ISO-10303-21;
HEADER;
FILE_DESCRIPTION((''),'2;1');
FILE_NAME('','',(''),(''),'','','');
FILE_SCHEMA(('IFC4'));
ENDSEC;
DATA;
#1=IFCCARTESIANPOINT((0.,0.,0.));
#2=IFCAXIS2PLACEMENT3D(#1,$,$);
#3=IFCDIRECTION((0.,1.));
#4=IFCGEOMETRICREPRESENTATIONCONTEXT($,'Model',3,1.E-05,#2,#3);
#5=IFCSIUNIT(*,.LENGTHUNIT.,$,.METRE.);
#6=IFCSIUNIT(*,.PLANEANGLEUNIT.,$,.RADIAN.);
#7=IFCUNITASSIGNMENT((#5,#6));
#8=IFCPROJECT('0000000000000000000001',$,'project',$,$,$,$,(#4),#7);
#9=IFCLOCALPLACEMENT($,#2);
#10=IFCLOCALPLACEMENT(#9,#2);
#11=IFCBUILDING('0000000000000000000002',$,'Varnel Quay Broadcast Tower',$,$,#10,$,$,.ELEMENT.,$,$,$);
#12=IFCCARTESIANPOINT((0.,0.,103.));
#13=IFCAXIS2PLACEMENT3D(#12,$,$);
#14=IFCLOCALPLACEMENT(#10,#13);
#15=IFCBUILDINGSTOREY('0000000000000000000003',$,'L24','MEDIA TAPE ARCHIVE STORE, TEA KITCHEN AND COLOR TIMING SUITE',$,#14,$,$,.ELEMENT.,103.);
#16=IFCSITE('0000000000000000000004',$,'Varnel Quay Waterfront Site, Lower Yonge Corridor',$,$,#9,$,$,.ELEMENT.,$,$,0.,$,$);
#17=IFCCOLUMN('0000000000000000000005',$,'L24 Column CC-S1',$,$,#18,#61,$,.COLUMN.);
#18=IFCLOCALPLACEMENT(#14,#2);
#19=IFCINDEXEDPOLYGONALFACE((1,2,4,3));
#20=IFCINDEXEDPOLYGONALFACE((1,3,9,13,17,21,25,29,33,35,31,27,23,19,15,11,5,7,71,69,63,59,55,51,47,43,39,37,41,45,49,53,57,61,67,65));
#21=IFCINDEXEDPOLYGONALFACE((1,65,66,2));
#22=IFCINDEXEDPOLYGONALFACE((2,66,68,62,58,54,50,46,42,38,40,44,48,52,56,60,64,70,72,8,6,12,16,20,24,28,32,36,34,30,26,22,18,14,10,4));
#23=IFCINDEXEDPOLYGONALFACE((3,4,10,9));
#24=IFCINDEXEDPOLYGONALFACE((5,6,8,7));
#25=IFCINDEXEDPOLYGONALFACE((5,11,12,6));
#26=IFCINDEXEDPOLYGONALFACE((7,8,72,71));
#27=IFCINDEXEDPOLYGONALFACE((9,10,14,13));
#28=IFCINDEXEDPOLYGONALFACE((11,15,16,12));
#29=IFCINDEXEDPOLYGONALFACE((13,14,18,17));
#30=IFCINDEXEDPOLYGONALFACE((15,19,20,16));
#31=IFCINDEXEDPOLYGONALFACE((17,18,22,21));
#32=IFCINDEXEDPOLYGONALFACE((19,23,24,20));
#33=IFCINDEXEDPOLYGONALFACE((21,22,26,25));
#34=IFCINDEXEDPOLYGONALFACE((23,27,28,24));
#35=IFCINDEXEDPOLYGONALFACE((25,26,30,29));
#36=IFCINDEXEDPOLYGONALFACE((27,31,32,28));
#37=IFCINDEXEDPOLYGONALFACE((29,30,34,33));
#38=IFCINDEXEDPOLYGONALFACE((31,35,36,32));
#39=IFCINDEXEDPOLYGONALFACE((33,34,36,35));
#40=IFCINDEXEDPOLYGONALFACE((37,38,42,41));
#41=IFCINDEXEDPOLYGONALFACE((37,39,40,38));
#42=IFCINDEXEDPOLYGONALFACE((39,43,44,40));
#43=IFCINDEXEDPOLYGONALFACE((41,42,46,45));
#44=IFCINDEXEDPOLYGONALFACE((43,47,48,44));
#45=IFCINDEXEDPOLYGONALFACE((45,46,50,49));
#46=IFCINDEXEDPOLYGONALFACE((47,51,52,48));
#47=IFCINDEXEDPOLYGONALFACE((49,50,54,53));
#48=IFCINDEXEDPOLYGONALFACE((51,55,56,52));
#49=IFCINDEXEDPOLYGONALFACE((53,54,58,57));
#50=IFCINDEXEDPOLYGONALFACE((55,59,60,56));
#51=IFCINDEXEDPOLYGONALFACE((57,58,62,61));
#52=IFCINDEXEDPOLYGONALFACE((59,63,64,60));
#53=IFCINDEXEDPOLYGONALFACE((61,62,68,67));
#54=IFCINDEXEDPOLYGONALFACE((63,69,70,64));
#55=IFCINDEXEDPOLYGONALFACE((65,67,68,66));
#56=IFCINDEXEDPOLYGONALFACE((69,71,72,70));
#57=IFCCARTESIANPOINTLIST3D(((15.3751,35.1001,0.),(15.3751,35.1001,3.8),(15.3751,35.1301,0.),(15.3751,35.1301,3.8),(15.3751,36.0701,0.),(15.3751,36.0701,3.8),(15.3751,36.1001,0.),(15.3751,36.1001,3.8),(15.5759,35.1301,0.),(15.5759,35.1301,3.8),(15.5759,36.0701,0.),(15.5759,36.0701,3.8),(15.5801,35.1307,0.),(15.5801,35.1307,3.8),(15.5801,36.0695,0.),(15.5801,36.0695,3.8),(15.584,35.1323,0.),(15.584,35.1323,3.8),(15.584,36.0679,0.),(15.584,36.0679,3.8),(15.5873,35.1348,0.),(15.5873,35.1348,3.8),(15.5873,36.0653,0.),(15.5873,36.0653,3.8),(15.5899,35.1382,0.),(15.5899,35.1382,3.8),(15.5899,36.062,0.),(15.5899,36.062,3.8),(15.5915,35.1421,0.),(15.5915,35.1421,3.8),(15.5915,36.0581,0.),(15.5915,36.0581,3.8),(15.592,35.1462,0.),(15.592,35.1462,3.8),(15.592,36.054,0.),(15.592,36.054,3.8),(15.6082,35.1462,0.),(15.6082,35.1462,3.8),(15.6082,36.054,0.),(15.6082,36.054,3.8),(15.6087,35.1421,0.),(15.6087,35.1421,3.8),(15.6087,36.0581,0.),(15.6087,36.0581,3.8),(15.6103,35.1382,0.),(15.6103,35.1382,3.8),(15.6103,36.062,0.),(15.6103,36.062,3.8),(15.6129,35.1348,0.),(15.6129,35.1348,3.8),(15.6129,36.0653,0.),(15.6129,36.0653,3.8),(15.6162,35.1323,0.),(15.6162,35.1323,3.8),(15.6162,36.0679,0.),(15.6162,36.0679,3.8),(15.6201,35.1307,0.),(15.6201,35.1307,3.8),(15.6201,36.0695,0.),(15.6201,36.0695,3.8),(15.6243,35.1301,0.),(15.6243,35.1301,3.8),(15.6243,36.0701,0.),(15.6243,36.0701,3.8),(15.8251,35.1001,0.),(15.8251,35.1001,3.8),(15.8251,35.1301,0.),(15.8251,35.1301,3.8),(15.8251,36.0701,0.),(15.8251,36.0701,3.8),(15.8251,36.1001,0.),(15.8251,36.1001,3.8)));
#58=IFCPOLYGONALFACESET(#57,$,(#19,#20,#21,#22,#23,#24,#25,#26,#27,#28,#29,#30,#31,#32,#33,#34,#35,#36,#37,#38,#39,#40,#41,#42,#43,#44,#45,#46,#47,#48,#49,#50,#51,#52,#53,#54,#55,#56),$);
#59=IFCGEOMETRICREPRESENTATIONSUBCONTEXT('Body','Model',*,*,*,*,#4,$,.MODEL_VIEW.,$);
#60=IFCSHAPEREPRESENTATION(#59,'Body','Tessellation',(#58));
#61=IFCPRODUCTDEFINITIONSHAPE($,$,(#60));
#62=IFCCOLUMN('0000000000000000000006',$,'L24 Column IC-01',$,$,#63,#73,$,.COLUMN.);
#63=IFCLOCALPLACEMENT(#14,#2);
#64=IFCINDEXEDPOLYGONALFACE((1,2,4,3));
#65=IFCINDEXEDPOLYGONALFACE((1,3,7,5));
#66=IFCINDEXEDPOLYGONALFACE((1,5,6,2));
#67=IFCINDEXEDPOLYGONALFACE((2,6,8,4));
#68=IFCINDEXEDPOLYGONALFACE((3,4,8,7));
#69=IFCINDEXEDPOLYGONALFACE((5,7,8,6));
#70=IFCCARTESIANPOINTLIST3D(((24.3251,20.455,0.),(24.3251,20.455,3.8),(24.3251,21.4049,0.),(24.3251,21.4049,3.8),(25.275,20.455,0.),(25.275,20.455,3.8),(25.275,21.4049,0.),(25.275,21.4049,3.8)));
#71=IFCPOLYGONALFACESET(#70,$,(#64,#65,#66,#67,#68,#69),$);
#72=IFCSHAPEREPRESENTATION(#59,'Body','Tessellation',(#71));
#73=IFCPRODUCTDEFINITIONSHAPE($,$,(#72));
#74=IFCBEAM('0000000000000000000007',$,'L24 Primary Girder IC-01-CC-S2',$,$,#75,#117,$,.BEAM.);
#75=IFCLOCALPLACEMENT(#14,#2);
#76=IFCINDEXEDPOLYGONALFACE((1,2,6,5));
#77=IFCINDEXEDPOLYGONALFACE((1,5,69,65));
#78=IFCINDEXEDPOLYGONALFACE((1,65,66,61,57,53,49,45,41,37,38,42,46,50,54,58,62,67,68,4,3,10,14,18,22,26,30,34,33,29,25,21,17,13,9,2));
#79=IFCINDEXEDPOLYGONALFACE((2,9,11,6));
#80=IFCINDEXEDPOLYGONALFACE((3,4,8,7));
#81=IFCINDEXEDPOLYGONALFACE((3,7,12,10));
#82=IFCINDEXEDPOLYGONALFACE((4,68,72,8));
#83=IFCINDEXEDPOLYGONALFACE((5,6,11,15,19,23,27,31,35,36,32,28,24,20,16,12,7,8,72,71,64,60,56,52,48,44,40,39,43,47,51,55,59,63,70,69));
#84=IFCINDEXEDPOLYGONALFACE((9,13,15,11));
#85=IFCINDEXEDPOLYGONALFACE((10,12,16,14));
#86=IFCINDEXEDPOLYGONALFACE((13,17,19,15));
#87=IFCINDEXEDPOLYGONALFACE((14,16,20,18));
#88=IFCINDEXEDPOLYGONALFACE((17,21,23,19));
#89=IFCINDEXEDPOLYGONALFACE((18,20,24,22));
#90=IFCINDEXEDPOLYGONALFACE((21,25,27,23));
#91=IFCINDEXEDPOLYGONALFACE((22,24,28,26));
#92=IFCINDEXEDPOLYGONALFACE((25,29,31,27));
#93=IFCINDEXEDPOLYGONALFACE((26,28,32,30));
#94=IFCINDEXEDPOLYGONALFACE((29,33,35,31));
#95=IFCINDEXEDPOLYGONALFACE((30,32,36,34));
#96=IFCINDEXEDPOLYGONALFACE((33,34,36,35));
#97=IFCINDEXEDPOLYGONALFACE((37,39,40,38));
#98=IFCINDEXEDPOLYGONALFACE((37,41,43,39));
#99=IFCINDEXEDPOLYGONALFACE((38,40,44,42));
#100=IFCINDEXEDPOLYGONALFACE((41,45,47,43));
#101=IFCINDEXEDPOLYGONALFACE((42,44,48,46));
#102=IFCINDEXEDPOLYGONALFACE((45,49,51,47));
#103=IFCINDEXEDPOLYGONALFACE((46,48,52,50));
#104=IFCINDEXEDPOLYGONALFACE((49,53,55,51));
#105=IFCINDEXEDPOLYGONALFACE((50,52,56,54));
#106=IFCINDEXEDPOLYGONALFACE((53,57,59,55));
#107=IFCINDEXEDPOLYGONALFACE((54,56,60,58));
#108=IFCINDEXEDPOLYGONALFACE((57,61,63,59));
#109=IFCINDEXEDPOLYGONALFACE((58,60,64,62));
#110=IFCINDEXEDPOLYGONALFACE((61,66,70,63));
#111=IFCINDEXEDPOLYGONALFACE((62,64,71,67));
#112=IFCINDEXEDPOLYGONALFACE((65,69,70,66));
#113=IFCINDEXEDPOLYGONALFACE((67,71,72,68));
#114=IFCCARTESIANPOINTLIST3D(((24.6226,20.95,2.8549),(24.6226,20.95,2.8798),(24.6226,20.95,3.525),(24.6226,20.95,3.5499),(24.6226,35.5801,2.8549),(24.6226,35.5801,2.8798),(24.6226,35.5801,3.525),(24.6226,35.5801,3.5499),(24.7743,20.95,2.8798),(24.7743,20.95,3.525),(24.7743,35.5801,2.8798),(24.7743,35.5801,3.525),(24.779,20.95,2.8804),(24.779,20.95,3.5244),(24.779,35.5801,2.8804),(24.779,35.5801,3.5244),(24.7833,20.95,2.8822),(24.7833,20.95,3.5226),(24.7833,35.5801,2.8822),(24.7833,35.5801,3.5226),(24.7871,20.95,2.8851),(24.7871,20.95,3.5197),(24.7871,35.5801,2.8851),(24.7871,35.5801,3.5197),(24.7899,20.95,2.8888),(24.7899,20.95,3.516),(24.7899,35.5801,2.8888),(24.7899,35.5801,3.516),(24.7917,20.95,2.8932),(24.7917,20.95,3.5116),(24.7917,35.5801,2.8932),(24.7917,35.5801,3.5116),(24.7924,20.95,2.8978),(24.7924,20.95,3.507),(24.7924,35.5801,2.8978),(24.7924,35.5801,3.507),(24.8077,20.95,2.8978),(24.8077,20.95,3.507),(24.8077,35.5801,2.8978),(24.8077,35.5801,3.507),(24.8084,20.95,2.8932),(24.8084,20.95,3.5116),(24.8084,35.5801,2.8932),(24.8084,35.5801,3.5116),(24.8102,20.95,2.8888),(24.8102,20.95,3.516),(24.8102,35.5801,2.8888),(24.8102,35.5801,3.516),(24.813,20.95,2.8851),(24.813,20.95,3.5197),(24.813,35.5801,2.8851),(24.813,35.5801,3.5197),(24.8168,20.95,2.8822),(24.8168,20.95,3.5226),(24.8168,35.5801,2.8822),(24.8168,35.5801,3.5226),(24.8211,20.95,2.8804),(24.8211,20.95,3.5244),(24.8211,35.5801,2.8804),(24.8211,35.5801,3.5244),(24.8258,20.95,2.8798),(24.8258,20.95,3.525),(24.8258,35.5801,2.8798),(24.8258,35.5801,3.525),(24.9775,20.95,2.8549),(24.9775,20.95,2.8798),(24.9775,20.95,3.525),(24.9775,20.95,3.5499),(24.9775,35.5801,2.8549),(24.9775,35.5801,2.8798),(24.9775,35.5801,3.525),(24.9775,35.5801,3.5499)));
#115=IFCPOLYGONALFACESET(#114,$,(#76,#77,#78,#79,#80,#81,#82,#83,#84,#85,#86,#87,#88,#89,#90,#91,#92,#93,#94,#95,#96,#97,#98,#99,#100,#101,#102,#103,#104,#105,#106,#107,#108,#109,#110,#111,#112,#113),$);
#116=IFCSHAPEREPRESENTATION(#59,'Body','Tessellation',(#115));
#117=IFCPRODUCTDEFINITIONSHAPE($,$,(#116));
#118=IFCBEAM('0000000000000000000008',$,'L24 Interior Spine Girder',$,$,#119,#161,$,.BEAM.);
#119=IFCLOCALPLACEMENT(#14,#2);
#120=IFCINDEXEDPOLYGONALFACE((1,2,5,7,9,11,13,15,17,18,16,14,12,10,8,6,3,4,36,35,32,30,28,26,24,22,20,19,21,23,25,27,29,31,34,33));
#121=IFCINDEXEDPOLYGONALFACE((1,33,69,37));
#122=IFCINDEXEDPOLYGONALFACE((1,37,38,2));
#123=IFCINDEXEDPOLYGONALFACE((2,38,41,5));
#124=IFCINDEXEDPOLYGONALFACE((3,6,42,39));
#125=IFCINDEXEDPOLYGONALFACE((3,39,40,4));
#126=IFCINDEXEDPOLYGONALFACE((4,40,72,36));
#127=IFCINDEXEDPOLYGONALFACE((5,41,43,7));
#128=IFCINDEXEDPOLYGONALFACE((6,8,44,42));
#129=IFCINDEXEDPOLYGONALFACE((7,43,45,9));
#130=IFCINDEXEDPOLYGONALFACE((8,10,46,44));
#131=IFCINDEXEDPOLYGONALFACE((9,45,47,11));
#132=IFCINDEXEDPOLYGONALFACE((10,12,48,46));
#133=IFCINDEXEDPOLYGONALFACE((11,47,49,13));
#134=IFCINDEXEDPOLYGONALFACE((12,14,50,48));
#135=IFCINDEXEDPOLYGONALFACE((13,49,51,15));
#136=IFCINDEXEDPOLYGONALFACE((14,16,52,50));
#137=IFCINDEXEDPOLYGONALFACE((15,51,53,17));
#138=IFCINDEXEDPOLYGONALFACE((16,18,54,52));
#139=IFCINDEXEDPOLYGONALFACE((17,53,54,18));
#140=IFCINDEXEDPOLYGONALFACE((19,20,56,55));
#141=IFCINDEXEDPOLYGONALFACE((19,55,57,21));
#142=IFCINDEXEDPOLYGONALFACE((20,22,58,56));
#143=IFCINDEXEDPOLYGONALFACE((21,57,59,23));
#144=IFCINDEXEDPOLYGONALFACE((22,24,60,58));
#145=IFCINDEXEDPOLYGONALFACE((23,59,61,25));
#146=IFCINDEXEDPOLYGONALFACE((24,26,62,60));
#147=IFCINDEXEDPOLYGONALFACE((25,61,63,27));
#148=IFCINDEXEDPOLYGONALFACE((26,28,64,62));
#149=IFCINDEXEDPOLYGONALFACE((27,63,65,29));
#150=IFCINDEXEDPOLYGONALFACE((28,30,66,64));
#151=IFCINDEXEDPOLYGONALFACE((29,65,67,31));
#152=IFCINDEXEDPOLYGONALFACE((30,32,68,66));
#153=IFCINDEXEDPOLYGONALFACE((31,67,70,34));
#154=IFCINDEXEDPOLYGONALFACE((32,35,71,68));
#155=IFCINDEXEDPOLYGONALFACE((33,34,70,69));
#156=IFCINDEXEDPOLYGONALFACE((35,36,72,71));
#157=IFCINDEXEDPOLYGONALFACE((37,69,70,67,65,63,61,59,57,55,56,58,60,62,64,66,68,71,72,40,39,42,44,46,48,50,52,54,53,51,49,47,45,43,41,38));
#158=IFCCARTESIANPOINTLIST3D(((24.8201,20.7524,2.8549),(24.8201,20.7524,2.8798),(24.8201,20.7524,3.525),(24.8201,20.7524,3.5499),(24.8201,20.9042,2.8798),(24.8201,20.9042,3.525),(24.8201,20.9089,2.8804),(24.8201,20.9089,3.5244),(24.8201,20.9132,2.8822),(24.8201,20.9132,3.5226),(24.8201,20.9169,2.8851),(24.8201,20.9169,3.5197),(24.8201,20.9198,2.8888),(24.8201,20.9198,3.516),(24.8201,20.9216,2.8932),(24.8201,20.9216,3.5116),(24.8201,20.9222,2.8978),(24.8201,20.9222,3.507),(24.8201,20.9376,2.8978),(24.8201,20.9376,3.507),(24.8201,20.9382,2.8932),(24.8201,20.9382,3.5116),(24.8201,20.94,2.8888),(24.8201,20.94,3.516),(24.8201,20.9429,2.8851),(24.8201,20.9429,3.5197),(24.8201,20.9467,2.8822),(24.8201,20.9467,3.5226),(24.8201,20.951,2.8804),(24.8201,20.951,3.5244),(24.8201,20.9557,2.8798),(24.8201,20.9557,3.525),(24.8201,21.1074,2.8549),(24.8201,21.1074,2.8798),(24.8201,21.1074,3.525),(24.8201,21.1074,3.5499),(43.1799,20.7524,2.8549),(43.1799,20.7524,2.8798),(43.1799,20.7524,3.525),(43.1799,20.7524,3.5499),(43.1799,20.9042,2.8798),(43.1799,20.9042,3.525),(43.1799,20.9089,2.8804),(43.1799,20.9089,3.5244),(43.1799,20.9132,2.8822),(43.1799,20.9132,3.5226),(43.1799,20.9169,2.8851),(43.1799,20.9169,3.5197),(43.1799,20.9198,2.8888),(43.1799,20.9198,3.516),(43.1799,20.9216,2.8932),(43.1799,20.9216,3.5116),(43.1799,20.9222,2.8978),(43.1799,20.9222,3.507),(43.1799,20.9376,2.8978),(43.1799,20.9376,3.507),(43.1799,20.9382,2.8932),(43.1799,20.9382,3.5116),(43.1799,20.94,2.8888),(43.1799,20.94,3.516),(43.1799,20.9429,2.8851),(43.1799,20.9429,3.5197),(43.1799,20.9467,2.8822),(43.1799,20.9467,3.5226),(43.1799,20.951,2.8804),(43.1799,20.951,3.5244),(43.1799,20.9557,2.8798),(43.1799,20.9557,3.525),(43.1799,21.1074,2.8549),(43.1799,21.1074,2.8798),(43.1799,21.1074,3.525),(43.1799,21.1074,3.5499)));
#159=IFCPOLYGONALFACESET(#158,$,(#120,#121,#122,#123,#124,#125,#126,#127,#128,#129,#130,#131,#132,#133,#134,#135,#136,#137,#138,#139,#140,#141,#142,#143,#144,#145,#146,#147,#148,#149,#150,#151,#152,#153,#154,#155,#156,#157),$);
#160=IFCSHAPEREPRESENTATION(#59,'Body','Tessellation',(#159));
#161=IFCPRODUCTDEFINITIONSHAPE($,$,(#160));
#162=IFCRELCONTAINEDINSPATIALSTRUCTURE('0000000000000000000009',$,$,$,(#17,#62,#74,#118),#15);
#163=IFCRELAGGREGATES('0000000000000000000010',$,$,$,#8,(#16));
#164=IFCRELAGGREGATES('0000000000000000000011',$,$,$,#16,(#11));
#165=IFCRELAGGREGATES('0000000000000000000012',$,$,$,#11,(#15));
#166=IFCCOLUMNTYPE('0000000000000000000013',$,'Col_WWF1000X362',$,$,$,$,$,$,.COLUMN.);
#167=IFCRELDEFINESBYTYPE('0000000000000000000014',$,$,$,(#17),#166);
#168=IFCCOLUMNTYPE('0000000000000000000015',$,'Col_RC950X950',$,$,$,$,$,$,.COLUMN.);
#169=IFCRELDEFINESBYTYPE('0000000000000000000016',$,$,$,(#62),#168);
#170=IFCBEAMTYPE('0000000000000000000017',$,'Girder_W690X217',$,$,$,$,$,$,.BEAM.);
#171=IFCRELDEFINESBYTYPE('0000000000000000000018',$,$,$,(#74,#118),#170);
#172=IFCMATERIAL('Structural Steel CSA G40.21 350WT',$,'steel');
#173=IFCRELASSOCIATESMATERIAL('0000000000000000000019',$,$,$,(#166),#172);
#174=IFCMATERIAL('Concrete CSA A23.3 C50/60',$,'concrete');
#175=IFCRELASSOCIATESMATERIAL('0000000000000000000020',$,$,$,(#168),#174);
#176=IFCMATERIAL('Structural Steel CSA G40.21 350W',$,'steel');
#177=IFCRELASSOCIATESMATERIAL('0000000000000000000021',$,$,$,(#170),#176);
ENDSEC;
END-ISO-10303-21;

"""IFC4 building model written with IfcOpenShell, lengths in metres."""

from ifc_helpers import new_model, si_unit, direction, frame, origin, origin_2d, place, context, subcontext, project, spatial, rectangle, i_section, extrude, source, transform, mapped, material, material_profile, profile_set, type_object, type_shapes, element, save


model = new_model("IFC4")

# Units and contexts
model_context = context("Model", 3, precision=1e-05, world=origin(), true_north=direction((0.0, 1.0)))
body_context = subcontext(model_context, "Body", "Model", "MODEL_VIEW")
ifc_project = project(units=[si_unit("LENGTHUNIT", "METRE"), si_unit("PLANEANGLEUNIT", "RADIAN")], contexts=[model_context])

# Site, building, storey
site_placement = place(None, origin())
site = spatial("IfcSite", under=ifc_project, at=site_placement, Name="Varnel Quay Waterfront Site, Lower Yonge Corridor", CompositionType="ELEMENT", RefElevation=0.0)
building_placement = place(site_placement, origin())
building = spatial("IfcBuilding", under=site, at=building_placement, Name="Varnel Quay Broadcast Tower", CompositionType="ELEMENT")
storey_placement = place(building_placement, frame((0.0, 0.0, 103.0)))
storey = spatial("IfcBuildingStorey", under=building, at=storey_placement, Name="L24", Description="MEDIA TAPE ARCHIVE STORE, TEA KITCHEN AND COLOR TIMING SUITE", CompositionType="ELEMENT", Elevation=103.0)

# Columns
ifc_material_1 = material(Name="Structural Steel CSA G40.21 350WT", Category="steel")
ifc_material_profile_1 = material_profile(ifc_material_1, i_section(OverallWidth=0.45, OverallDepth=1.0, WebThickness=0.0161, FlangeThickness=0.03, FilletRadius=0.0161, at=origin_2d()), Name="WWF1000X362")
ifc_profile_set_1 = profile_set([ifc_material_profile_1], Name="Structural Steel CSA G40.21 350WT")
column_type_1 = type_object("IfcColumnType", Name="Col_WWF1000X362", PredefinedType="COLUMN", material=ifc_profile_set_1)
shared_shape_1 = source(origin(), body_context, "Body", "SweptSolid", [
    extrude(i_section(OverallWidth=0.45, OverallDepth=1.0, WebThickness=0.0161, FlangeThickness=0.03, FilletRadius=0.0161, at=origin_2d()), origin(), (0.0, 0.0, 1.0), 3.8),
])
type_shapes(column_type_1, [shared_shape_1])
column_1_placement = place(storey_placement, frame((15.6001, 35.6001, 0.0), z_axis=(0.0, 0.0, 1.0), x_axis=(1.0, 0.0, 0.0)))
element("IfcColumn", 1, at=column_1_placement, inside=storey, type_object=column_type_1, Name="L24 Column CC-S1", PredefinedType="COLUMN", context=body_context, shape_type="MappedRepresentation", body=[
    mapped(shared_shape_1, transform((0.0, 0.0, 0.0), x_axis=(1.0, 0.0, 0.0), y_axis=(0.0, 1.0, 0.0), z_axis=(0.0, 0.0, 1.0), scale=1.0)),
])
ifc_material_2 = material(Name="Concrete CSA A23.3 C50/60", Category="concrete")
ifc_material_profile_2 = material_profile(ifc_material_2, rectangle(XDim=0.95, YDim=0.95, at=origin_2d()), Name="RC950X950")
ifc_profile_set_2 = profile_set([ifc_material_profile_2], Name="Concrete CSA A23.3 C50/60")
column_type_2 = type_object("IfcColumnType", Name="Col_RC950X950", PredefinedType="COLUMN", material=ifc_profile_set_2)
shared_shape_2 = source(origin(), body_context, "Body", "SweptSolid", [
    extrude(rectangle(XDim=0.95, YDim=0.95, at=origin_2d()), origin(), (0.0, 0.0, 1.0), 3.8),
])
type_shapes(column_type_2, [shared_shape_2])
column_2_placement = place(storey_placement, frame((24.8, 20.9299, 0.0), z_axis=(0.0, 0.0, 1.0), x_axis=(1.0, 0.0, 0.0)))
element("IfcColumn", 2, at=column_2_placement, inside=storey, type_object=column_type_2, Name="L24 Column IC-01", PredefinedType="COLUMN", context=body_context, shape_type="MappedRepresentation", body=[
    mapped(shared_shape_2, transform((0.0, 0.0, 0.0), x_axis=(1.0, 0.0, 0.0), y_axis=(0.0, 1.0, 0.0), z_axis=(0.0, 0.0, 1.0), scale=1.0)),
])

# Beams
ifc_material_3 = material(Name="Structural Steel CSA G40.21 350W", Category="steel")
ifc_material_profile_3 = material_profile(ifc_material_3, i_section(OverallWidth=0.355, OverallDepth=0.6951, WebThickness=0.0154, FlangeThickness=0.0249, FilletRadius=0.0181, at=origin_2d()), Name="W690X217")
ifc_profile_set_3 = profile_set([ifc_material_profile_3], Name="Structural Steel CSA G40.21 350W")
beam_type_1 = type_object("IfcBeamType", Name="Girder_W690X217", PredefinedType="BEAM", material=ifc_profile_set_3)
shared_shape_3 = source(origin(), body_context, "Body", "SweptSolid", [
    extrude(i_section(OverallWidth=0.355, OverallDepth=0.6951, WebThickness=0.0154, FlangeThickness=0.0249, FilletRadius=0.0181, at=origin_2d()), origin(), (0.0, 0.0, 1.0), 14.6301),
])
beam_1_placement = place(storey_placement, frame((24.8, 20.95, 3.2024), z_axis=(0.0, 1.0, 0.0), x_axis=(-1.0, 0.0, 0.0)))
element("IfcBeam", 3, at=beam_1_placement, inside=storey, type_object=beam_type_1, Name="L24 Primary Girder IC-01-CC-S2", PredefinedType="BEAM", context=body_context, shape_type="MappedRepresentation", body=[
    mapped(shared_shape_3, transform((0.0, 0.0, 0.0), x_axis=(1.0, 0.0, 0.0), y_axis=(0.0, 1.0, 0.0), z_axis=(0.0, 0.0, 1.0), scale=1.0)),
])
shared_shape_4 = source(origin(), body_context, "Body", "SweptSolid", [
    extrude(i_section(OverallWidth=0.355, OverallDepth=0.6951, WebThickness=0.0154, FlangeThickness=0.0249, FilletRadius=0.0181, at=origin_2d()), origin(), (0.0, 0.0, 1.0), 18.3599),
])
type_shapes(beam_type_1, [shared_shape_3, shared_shape_4])
beam_2_placement = place(storey_placement, frame((24.8201, 20.9299, 3.2024), z_axis=(1.0, 0.0, 0.0), x_axis=(0.0, 1.0, 0.0)))
element("IfcBeam", 4, at=beam_2_placement, inside=storey, type_object=beam_type_1, Name="L24 Interior Spine Girder", PredefinedType="BEAM", context=body_context, shape_type="MappedRepresentation", body=[
    mapped(shared_shape_4, transform((0.0, 0.0, 0.0), x_axis=(1.0, 0.0, 0.0), y_axis=(0.0, 1.0, 0.0), z_axis=(0.0, 0.0, 1.0), scale=1.0)),
])

save(model, "model.ifc")
